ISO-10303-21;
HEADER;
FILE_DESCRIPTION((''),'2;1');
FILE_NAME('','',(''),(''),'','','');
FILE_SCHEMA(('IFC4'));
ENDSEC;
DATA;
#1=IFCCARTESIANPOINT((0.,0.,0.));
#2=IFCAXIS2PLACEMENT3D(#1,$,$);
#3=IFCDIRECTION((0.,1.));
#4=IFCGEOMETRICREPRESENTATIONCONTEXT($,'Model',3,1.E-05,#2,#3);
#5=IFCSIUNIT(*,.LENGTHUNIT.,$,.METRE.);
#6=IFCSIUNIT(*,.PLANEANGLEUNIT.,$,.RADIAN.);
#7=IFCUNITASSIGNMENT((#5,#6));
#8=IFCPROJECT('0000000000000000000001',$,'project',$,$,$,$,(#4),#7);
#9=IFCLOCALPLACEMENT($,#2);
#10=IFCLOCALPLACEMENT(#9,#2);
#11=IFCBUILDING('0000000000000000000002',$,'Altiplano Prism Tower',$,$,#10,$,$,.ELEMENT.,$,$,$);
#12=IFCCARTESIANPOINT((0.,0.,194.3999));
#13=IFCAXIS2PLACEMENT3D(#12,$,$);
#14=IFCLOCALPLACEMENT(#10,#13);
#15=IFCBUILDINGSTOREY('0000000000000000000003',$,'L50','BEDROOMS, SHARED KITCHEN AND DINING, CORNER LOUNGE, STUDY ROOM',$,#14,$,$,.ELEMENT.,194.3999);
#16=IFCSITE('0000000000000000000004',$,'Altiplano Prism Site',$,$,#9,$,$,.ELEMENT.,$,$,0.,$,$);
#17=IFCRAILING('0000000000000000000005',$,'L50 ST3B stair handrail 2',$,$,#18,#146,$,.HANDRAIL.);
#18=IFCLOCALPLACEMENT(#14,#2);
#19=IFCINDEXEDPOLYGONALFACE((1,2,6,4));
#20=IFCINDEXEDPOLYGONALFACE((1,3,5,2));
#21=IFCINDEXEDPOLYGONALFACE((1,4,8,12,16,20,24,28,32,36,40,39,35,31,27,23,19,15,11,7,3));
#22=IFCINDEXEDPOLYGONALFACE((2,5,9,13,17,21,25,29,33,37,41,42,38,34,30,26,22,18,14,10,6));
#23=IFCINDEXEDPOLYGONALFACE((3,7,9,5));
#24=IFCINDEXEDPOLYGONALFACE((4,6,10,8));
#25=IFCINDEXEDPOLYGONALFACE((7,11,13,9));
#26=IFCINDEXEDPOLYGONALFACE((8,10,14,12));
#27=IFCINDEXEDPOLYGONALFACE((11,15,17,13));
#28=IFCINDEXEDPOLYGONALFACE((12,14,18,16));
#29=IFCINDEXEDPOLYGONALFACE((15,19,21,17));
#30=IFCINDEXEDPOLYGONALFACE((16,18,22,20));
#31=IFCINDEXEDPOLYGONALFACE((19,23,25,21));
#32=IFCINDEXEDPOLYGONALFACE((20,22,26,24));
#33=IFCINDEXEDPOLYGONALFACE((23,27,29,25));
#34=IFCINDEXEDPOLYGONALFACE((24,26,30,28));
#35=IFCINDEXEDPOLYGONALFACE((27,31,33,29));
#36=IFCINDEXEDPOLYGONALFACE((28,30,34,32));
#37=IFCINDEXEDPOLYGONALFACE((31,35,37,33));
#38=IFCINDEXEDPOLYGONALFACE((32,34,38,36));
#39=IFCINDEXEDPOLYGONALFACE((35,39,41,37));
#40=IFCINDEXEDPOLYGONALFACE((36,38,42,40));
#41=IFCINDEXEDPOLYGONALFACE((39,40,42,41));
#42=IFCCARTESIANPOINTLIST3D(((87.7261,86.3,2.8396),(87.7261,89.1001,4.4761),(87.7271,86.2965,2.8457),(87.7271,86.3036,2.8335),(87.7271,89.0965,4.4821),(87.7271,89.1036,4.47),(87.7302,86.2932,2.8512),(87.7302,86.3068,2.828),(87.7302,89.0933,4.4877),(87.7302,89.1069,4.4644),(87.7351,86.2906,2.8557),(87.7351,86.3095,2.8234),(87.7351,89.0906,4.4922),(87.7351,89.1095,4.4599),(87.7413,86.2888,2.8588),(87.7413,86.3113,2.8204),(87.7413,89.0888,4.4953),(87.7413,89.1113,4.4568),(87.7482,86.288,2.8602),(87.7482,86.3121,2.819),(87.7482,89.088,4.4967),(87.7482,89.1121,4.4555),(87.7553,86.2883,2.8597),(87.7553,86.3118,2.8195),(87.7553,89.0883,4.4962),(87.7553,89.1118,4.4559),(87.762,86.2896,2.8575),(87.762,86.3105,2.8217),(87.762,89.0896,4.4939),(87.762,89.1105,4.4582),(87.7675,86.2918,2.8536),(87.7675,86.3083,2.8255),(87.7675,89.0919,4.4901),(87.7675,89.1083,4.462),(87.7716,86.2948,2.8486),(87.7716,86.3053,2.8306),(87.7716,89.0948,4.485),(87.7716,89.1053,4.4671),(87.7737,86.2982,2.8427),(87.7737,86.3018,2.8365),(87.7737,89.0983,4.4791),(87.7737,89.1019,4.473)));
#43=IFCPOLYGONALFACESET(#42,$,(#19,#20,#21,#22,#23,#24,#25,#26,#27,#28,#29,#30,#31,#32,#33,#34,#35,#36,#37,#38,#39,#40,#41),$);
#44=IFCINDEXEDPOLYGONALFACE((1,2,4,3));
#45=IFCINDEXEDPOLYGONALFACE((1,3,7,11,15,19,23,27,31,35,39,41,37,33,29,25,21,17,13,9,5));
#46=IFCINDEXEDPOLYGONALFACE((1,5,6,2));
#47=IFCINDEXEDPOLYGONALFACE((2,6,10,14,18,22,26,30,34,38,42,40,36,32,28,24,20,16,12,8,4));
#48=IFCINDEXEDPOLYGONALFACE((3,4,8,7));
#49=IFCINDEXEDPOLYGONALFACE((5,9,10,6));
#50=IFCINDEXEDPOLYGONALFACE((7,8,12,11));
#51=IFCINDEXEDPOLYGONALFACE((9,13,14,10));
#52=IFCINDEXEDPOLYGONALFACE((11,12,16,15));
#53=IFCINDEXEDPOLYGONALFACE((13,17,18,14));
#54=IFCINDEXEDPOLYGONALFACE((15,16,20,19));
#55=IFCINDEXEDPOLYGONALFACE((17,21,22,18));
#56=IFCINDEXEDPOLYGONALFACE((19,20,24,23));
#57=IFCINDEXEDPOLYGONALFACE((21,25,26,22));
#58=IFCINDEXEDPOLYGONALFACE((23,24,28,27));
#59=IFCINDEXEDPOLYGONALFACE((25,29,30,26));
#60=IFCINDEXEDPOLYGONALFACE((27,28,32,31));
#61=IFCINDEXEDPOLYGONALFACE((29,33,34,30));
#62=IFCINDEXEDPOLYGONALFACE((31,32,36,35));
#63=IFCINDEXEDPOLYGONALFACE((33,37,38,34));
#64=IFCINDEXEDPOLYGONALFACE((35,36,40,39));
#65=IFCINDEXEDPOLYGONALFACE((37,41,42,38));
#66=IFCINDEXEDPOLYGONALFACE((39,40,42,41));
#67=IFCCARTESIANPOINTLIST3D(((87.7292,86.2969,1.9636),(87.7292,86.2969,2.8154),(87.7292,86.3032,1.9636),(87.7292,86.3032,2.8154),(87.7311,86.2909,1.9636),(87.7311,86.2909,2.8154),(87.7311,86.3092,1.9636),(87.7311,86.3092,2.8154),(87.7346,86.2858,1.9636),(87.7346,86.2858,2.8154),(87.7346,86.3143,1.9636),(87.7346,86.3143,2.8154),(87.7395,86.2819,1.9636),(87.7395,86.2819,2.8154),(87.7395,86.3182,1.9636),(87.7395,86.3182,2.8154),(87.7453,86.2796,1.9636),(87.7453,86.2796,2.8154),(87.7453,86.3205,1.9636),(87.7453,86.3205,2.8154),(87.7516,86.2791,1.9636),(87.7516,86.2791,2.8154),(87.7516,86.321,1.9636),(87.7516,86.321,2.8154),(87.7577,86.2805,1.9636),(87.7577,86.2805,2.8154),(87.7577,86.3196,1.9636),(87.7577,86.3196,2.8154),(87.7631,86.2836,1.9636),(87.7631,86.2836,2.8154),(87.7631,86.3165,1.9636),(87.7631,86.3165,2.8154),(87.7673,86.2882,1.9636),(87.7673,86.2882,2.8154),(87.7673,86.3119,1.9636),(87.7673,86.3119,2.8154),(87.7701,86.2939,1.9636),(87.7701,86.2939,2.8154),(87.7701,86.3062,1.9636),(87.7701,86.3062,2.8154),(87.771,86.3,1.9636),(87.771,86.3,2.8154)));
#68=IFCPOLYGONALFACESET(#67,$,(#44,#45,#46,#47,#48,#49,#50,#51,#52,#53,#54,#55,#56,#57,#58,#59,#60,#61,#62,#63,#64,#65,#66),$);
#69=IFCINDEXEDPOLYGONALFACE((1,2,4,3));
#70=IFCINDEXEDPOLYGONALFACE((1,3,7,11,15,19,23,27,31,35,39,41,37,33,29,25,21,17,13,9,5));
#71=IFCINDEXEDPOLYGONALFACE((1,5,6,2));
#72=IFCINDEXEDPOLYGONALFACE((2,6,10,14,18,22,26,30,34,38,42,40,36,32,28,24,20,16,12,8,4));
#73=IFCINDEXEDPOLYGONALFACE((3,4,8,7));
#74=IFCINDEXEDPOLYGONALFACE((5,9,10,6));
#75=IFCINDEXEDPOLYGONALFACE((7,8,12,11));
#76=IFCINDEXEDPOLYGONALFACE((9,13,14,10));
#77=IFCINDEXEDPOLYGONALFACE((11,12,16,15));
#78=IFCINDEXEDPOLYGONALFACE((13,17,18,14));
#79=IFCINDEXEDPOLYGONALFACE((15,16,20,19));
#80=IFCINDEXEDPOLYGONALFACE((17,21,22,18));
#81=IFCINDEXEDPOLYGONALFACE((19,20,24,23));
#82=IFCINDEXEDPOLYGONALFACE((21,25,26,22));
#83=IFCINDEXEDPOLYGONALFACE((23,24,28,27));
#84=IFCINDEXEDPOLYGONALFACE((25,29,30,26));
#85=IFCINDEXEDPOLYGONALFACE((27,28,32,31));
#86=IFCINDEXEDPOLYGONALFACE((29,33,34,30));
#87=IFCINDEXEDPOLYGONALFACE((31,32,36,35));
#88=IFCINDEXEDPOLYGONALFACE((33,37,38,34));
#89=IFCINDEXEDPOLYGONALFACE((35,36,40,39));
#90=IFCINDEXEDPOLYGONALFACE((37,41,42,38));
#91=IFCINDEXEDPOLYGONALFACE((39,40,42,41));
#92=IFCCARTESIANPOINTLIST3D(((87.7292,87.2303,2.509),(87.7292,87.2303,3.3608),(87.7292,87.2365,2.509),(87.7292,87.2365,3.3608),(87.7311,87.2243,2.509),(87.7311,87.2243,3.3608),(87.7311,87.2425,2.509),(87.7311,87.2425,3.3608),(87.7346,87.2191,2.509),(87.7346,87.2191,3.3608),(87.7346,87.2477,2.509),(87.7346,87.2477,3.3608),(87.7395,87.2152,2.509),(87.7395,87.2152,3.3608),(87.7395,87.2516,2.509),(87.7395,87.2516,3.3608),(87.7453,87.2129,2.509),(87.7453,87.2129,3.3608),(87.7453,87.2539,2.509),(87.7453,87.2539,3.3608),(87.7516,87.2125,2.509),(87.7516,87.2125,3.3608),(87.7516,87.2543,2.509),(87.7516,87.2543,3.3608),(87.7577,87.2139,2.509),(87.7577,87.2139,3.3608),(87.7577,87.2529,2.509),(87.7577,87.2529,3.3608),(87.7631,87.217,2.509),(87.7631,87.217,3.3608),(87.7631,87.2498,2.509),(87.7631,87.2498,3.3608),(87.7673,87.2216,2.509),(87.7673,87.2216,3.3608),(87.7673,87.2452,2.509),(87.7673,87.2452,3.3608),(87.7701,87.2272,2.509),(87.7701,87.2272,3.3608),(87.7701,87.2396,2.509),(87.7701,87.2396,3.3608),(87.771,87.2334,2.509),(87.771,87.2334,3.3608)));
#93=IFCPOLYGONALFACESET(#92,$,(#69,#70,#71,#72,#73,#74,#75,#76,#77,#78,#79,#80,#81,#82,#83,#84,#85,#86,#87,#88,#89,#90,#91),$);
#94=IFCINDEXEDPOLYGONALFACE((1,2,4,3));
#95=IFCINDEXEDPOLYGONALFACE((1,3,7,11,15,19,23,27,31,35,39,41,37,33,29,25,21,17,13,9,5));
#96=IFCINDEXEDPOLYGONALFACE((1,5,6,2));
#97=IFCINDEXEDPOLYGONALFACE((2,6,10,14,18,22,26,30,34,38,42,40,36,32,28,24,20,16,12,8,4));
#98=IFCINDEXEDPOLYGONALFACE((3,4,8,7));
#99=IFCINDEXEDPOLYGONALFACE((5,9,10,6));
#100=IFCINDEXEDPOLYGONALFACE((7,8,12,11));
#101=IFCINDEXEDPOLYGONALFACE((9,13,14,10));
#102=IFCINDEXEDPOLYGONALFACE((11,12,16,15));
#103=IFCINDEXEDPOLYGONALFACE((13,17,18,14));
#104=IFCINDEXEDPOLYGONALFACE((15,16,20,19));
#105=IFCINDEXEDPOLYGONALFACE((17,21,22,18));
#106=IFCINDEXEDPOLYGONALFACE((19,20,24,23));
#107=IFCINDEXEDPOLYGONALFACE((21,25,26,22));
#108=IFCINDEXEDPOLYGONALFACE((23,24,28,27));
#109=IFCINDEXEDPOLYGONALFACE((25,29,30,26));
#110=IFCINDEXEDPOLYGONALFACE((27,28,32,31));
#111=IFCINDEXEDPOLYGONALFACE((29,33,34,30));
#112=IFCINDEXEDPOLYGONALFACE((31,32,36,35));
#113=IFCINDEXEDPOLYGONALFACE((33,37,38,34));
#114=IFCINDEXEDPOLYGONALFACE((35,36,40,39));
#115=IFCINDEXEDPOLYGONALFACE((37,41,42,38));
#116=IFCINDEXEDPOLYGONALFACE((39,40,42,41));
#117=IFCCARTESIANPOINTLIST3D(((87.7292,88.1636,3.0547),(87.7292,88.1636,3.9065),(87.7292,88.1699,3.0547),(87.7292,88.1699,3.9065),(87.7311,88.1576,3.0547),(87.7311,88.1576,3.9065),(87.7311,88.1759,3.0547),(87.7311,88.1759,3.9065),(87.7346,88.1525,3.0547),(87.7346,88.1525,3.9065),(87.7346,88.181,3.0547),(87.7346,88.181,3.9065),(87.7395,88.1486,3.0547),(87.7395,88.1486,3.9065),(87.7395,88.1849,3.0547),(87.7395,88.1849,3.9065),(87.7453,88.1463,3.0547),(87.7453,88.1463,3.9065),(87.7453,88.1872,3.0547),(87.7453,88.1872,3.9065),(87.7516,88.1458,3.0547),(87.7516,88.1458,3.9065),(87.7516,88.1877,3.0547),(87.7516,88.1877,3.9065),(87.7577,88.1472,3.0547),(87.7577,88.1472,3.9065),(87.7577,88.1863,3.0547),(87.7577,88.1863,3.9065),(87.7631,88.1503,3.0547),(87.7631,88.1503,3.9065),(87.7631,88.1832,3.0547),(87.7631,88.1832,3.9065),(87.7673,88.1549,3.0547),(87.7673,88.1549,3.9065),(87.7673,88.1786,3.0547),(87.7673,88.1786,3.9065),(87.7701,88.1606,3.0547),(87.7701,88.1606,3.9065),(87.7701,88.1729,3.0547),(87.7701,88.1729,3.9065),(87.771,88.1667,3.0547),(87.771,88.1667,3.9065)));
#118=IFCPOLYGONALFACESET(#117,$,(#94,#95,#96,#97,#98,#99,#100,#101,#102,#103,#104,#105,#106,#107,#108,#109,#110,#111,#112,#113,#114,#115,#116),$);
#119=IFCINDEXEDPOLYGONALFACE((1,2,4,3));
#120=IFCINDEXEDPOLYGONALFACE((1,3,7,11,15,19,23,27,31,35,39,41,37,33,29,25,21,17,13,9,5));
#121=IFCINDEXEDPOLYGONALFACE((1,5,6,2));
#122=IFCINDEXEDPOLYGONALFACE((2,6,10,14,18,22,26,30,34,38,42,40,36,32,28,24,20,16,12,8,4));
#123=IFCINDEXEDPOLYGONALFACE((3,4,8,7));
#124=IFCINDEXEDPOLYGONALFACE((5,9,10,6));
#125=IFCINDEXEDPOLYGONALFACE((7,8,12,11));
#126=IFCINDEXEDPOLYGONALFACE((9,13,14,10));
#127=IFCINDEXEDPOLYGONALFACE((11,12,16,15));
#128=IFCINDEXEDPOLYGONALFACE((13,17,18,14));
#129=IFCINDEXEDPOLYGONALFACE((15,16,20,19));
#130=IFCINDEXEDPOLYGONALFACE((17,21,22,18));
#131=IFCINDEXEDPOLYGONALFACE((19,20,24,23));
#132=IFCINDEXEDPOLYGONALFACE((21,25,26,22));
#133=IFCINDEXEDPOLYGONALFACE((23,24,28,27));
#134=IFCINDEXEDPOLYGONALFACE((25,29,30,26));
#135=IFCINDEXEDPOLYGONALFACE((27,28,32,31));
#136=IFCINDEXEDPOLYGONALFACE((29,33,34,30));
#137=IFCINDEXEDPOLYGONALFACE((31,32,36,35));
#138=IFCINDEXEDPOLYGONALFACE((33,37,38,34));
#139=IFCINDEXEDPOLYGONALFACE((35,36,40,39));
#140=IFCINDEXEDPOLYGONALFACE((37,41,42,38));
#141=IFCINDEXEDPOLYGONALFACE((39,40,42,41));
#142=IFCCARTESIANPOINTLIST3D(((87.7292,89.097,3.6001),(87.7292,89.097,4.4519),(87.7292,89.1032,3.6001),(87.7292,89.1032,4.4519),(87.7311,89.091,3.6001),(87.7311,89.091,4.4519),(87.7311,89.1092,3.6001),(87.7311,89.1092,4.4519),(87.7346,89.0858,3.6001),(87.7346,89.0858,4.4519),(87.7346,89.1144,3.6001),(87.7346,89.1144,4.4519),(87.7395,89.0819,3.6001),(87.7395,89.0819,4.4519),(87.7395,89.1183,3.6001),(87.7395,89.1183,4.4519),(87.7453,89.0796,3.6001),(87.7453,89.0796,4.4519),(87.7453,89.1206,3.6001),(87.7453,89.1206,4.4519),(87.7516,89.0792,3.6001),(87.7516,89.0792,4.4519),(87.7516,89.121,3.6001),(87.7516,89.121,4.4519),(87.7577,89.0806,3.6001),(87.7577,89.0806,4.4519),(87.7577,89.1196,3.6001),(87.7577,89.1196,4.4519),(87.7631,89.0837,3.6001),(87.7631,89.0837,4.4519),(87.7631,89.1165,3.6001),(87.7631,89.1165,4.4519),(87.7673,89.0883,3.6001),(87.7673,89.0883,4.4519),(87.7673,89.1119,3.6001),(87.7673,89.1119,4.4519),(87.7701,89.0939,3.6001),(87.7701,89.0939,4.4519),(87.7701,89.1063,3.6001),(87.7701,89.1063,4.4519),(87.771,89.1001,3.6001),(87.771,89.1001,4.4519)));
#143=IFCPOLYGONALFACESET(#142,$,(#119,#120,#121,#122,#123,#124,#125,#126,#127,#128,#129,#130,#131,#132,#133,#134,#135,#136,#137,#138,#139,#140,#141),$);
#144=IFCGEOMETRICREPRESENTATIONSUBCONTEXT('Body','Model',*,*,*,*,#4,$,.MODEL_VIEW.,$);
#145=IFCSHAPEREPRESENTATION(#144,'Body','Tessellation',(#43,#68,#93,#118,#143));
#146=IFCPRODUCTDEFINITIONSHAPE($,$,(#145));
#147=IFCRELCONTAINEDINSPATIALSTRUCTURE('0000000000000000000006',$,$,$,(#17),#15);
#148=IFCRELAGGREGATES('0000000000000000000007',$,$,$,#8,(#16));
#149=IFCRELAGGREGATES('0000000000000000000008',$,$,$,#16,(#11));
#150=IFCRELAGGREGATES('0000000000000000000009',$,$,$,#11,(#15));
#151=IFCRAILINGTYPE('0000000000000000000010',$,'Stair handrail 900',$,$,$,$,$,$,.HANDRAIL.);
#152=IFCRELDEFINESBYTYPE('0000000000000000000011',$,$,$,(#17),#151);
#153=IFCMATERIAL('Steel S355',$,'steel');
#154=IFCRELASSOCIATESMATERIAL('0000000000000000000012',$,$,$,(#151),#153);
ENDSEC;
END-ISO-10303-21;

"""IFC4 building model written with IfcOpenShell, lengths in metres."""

from ifc_helpers import new_model, si_unit, direction, frame, origin, origin_2d, place, context, subcontext, project, spatial, circle, extrude, material, type_object, element, save


model = new_model("IFC4")

# Units and contexts
model_context = context("Model", 3, precision=1e-05, world=origin(), true_north=direction((0.0, 1.0)))
body_context = subcontext(model_context, "Body", "Model", "MODEL_VIEW")
ifc_project = project(units=[si_unit("LENGTHUNIT", "METRE"), si_unit("PLANEANGLEUNIT", "RADIAN")], contexts=[model_context])

# Site, building, storey
site_placement = place(None, origin())
site = spatial("IfcSite", under=ifc_project, at=site_placement, Name="Altiplano Prism Site", CompositionType="ELEMENT", RefElevation=0.0)
building_placement = place(site_placement, origin())
building = spatial("IfcBuilding", under=site, at=building_placement, Name="Altiplano Prism Tower", CompositionType="ELEMENT")
storey_placement = place(building_placement, frame((0.0, 0.0, 194.3999)))
storey = spatial("IfcBuildingStorey", under=building, at=storey_placement, Name="L50", Description="BEDROOMS, SHARED KITCHEN AND DINING, CORNER LOUNGE, STUDY ROOM", CompositionType="ELEMENT", Elevation=194.3999)

# Railing
ifc_material_1 = material(Name="Steel S355", Category="steel")
railing_type_1 = type_object("IfcRailingType", Name="Stair handrail 900", PredefinedType="HANDRAIL", material=ifc_material_1)
railing_1_placement = place(storey_placement, frame((87.75, 86.3, 1.9636)))
element("IfcRailing", 1, at=railing_1_placement, inside=storey, type_object=railing_type_1, Name="L50 ST3B stair handrail 2", PredefinedType="HANDRAIL", context=body_context, shape_type="SweptSolid", body=[
    extrude(circle(Radius=0.0239, at=origin_2d()), frame((0.0, 0.0, 0.876), z_axis=(0.0, 0.863361, 0.504587), x_axis=(-1.0, 0.0, 0.0)), (0.0, 0.0, 1.0), 3.2432),
    extrude(circle(Radius=0.021, at=origin_2d()), origin(), (0.0, 0.0, 1.0), 0.8518),
    extrude(circle(Radius=0.021, at=origin_2d()), frame((0.0, 0.9333, 0.5454)), (0.0, 0.0, 1.0), 0.8518),
    extrude(circle(Radius=0.021, at=origin_2d()), frame((0.0, 1.8667, 1.0911)), (0.0, 0.0, 1.0), 0.8518),
    extrude(circle(Radius=0.021, at=origin_2d()), frame((0.0, 2.8, 1.6365)), (0.0, 0.0, 1.0), 0.8518),
])

save(model, "model.ifc")
